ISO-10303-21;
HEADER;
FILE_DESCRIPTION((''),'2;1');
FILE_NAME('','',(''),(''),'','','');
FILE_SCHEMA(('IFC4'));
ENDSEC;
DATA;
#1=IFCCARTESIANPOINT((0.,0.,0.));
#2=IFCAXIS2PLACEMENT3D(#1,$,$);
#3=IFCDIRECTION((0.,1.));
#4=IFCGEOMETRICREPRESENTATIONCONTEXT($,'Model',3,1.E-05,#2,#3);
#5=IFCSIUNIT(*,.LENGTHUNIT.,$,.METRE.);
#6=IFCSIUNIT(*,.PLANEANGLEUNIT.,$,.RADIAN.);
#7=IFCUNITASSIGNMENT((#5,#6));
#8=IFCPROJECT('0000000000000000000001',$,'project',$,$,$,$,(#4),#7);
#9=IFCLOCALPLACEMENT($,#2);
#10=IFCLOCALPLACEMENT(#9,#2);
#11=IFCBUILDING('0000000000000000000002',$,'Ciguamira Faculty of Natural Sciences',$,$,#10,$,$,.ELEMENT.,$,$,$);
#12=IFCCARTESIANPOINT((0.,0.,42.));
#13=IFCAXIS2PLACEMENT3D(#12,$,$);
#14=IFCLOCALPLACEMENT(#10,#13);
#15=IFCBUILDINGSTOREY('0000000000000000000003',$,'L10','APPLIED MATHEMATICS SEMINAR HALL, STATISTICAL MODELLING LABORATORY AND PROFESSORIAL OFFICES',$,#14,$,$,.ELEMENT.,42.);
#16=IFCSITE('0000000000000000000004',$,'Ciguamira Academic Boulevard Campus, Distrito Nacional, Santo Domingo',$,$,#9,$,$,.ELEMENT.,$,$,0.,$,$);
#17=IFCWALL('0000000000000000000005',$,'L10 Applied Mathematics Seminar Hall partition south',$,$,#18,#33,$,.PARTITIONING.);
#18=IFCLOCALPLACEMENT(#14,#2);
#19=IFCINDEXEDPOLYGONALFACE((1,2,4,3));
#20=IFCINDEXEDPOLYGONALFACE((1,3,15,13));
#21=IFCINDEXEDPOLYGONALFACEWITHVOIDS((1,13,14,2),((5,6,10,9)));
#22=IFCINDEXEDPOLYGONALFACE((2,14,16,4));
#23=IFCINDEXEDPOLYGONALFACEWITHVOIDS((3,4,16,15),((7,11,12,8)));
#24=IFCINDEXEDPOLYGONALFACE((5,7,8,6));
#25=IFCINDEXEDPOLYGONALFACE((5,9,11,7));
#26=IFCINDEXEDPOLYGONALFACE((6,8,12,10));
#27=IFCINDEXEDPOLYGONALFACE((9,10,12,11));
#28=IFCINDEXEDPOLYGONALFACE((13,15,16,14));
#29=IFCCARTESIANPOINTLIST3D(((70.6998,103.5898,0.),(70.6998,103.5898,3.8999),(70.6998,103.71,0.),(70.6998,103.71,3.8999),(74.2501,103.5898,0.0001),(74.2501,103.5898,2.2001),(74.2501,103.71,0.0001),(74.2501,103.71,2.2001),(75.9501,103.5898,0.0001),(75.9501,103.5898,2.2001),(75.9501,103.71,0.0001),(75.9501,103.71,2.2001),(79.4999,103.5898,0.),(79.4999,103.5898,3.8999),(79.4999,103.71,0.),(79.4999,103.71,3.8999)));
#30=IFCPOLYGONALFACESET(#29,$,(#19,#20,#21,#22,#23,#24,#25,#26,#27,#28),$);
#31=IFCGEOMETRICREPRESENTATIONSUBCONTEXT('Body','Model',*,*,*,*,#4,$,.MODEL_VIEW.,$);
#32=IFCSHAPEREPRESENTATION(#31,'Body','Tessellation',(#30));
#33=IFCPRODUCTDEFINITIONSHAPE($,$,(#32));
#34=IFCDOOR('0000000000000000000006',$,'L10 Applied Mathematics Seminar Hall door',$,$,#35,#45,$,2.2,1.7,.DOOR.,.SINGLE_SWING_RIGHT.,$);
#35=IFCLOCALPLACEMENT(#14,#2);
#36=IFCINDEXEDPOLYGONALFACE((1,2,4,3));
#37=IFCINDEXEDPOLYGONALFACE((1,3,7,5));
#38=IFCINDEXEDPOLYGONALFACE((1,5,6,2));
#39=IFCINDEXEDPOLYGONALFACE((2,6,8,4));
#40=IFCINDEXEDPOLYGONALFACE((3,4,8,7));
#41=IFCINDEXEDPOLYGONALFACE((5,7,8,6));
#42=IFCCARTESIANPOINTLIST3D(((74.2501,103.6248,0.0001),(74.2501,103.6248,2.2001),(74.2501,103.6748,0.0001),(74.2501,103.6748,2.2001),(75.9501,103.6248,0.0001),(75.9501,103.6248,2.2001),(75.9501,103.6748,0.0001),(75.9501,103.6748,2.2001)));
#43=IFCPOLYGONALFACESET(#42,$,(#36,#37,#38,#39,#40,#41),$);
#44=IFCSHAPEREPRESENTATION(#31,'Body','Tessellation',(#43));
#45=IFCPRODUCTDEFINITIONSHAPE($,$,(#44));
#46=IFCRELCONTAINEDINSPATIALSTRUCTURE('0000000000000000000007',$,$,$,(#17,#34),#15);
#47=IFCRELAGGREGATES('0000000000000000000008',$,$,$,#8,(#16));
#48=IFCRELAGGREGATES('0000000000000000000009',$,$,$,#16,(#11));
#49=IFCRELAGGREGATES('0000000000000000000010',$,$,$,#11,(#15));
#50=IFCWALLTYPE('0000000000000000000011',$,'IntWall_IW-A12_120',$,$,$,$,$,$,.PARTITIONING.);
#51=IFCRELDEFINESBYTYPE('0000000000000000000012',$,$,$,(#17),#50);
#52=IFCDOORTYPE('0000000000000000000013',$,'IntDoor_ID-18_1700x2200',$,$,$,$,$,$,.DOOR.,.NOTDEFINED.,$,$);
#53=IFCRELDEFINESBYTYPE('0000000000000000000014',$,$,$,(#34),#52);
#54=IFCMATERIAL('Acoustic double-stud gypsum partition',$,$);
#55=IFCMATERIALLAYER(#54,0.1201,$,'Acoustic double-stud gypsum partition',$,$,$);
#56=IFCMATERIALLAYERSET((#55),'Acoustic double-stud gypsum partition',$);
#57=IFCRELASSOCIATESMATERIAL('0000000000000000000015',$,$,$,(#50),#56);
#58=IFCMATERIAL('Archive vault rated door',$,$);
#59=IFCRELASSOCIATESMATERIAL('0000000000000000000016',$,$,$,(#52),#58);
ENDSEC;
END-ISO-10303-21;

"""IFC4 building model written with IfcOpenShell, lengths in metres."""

from ifc_helpers import new_model, si_unit, direction, frame, frame_2d, origin, place, context, subcontext, project, spatial, rectangle, extrude, material, layer, layer_set, type_object, element, fill, save


model = new_model("IFC4")

# Units and contexts
model_context = context("Model", 3, precision=1e-05, world=origin(), true_north=direction((0.0, 1.0)))
body_context = subcontext(model_context, "Body", "Model", "MODEL_VIEW")
ifc_project = project(units=[si_unit("LENGTHUNIT", "METRE"), si_unit("PLANEANGLEUNIT", "RADIAN")], contexts=[model_context])

# Site, building, storey
site_placement = place(None, origin())
site = spatial("IfcSite", under=ifc_project, at=site_placement, Name="Ciguamira Academic Boulevard Campus, Distrito Nacional, Santo Domingo", CompositionType="ELEMENT", RefElevation=0.0)
building_placement = place(site_placement, origin())
building = spatial("IfcBuilding", under=site, at=building_placement, Name="Ciguamira Faculty of Natural Sciences", CompositionType="ELEMENT")
storey_placement = place(building_placement, frame((0.0, 0.0, 42.0)))
storey = spatial("IfcBuildingStorey", under=building, at=storey_placement, Name="L10", Description="APPLIED MATHEMATICS SEMINAR HALL, STATISTICAL MODELLING LABORATORY AND PROFESSORIAL OFFICES", CompositionType="ELEMENT", Elevation=42.0)

# Wall, opening, door
ifc_material_1 = material(Name="Acoustic double-stud gypsum partition")
ifc_layer_1 = layer(ifc_material_1, 0.1201, Name="Acoustic double-stud gypsum partition")
ifc_layer_set_1 = layer_set([ifc_layer_1], Name="Acoustic double-stud gypsum partition")
wall_type_1 = type_object("IfcWallType", Name="IntWall_IW-A12_120", PredefinedType="PARTITIONING", material=ifc_layer_set_1)
wall_1_placement = place(storey_placement, frame((70.7, 103.6499, 0.0), z_axis=(0.0, 0.0, 1.0), x_axis=(1.0, 0.0, 0.0)))
wall_1 = element("IfcWall", 1, at=wall_1_placement, inside=storey, type_object=wall_type_1, Name="L10 Applied Mathematics Seminar Hall partition south", PredefinedType="PARTITIONING", context=body_context, shape_type="SweptSolid", body=[
    extrude(rectangle(XDim=8.8, YDim=0.1201, at=frame_2d((4.3999, 0.0))), origin(), (0.0, 0.0, 1.0), 3.8999),
])
opening_1_placement = place(wall_1_placement, frame((3.55, 0.0, 0.0)))
opening_1 = element("IfcOpeningElement", 2, at=opening_1_placement, cuts=wall_1, PredefinedType="OPENING", context=body_context, shape_type="SweptSolid", body=[
    extrude(rectangle(XDim=1.7, YDim=2.2, at=frame_2d((0.8501, 1.1001))), frame((0.0, 0.0701, 0.0), z_axis=(0.0, -1.0, 0.0), x_axis=(1.0, 0.0, 0.0)), (0.0, 0.0, 1.0), 0.1401),
])
ifc_material_2 = material(Name="Archive vault rated door")
door_type = type_object("IfcDoorType", Name="IntDoor_ID-18_1700x2200", OperationType="NOTDEFINED", PredefinedType="DOOR", material=ifc_material_2)
door_placement = place(opening_1_placement, origin())
door = element("IfcDoor", 3, at=door_placement, inside=storey, type_object=door_type, Name="L10 Applied Mathematics Seminar Hall door", OperationType="SINGLE_SWING_RIGHT", OverallHeight=2.2, OverallWidth=1.7, PredefinedType="DOOR", context=body_context, shape_type="SweptSolid", body=[
    extrude(rectangle(XDim=1.7, YDim=2.2, at=frame_2d((0.8501, 1.1001))), frame((0.0, 0.0249, 0.0), z_axis=(0.0, -1.0, 0.0), x_axis=(1.0, 0.0, 0.0)), (0.0, 0.0, 1.0), 0.05),
])
fill(opening_1, door)

save(model, "model.ifc")
